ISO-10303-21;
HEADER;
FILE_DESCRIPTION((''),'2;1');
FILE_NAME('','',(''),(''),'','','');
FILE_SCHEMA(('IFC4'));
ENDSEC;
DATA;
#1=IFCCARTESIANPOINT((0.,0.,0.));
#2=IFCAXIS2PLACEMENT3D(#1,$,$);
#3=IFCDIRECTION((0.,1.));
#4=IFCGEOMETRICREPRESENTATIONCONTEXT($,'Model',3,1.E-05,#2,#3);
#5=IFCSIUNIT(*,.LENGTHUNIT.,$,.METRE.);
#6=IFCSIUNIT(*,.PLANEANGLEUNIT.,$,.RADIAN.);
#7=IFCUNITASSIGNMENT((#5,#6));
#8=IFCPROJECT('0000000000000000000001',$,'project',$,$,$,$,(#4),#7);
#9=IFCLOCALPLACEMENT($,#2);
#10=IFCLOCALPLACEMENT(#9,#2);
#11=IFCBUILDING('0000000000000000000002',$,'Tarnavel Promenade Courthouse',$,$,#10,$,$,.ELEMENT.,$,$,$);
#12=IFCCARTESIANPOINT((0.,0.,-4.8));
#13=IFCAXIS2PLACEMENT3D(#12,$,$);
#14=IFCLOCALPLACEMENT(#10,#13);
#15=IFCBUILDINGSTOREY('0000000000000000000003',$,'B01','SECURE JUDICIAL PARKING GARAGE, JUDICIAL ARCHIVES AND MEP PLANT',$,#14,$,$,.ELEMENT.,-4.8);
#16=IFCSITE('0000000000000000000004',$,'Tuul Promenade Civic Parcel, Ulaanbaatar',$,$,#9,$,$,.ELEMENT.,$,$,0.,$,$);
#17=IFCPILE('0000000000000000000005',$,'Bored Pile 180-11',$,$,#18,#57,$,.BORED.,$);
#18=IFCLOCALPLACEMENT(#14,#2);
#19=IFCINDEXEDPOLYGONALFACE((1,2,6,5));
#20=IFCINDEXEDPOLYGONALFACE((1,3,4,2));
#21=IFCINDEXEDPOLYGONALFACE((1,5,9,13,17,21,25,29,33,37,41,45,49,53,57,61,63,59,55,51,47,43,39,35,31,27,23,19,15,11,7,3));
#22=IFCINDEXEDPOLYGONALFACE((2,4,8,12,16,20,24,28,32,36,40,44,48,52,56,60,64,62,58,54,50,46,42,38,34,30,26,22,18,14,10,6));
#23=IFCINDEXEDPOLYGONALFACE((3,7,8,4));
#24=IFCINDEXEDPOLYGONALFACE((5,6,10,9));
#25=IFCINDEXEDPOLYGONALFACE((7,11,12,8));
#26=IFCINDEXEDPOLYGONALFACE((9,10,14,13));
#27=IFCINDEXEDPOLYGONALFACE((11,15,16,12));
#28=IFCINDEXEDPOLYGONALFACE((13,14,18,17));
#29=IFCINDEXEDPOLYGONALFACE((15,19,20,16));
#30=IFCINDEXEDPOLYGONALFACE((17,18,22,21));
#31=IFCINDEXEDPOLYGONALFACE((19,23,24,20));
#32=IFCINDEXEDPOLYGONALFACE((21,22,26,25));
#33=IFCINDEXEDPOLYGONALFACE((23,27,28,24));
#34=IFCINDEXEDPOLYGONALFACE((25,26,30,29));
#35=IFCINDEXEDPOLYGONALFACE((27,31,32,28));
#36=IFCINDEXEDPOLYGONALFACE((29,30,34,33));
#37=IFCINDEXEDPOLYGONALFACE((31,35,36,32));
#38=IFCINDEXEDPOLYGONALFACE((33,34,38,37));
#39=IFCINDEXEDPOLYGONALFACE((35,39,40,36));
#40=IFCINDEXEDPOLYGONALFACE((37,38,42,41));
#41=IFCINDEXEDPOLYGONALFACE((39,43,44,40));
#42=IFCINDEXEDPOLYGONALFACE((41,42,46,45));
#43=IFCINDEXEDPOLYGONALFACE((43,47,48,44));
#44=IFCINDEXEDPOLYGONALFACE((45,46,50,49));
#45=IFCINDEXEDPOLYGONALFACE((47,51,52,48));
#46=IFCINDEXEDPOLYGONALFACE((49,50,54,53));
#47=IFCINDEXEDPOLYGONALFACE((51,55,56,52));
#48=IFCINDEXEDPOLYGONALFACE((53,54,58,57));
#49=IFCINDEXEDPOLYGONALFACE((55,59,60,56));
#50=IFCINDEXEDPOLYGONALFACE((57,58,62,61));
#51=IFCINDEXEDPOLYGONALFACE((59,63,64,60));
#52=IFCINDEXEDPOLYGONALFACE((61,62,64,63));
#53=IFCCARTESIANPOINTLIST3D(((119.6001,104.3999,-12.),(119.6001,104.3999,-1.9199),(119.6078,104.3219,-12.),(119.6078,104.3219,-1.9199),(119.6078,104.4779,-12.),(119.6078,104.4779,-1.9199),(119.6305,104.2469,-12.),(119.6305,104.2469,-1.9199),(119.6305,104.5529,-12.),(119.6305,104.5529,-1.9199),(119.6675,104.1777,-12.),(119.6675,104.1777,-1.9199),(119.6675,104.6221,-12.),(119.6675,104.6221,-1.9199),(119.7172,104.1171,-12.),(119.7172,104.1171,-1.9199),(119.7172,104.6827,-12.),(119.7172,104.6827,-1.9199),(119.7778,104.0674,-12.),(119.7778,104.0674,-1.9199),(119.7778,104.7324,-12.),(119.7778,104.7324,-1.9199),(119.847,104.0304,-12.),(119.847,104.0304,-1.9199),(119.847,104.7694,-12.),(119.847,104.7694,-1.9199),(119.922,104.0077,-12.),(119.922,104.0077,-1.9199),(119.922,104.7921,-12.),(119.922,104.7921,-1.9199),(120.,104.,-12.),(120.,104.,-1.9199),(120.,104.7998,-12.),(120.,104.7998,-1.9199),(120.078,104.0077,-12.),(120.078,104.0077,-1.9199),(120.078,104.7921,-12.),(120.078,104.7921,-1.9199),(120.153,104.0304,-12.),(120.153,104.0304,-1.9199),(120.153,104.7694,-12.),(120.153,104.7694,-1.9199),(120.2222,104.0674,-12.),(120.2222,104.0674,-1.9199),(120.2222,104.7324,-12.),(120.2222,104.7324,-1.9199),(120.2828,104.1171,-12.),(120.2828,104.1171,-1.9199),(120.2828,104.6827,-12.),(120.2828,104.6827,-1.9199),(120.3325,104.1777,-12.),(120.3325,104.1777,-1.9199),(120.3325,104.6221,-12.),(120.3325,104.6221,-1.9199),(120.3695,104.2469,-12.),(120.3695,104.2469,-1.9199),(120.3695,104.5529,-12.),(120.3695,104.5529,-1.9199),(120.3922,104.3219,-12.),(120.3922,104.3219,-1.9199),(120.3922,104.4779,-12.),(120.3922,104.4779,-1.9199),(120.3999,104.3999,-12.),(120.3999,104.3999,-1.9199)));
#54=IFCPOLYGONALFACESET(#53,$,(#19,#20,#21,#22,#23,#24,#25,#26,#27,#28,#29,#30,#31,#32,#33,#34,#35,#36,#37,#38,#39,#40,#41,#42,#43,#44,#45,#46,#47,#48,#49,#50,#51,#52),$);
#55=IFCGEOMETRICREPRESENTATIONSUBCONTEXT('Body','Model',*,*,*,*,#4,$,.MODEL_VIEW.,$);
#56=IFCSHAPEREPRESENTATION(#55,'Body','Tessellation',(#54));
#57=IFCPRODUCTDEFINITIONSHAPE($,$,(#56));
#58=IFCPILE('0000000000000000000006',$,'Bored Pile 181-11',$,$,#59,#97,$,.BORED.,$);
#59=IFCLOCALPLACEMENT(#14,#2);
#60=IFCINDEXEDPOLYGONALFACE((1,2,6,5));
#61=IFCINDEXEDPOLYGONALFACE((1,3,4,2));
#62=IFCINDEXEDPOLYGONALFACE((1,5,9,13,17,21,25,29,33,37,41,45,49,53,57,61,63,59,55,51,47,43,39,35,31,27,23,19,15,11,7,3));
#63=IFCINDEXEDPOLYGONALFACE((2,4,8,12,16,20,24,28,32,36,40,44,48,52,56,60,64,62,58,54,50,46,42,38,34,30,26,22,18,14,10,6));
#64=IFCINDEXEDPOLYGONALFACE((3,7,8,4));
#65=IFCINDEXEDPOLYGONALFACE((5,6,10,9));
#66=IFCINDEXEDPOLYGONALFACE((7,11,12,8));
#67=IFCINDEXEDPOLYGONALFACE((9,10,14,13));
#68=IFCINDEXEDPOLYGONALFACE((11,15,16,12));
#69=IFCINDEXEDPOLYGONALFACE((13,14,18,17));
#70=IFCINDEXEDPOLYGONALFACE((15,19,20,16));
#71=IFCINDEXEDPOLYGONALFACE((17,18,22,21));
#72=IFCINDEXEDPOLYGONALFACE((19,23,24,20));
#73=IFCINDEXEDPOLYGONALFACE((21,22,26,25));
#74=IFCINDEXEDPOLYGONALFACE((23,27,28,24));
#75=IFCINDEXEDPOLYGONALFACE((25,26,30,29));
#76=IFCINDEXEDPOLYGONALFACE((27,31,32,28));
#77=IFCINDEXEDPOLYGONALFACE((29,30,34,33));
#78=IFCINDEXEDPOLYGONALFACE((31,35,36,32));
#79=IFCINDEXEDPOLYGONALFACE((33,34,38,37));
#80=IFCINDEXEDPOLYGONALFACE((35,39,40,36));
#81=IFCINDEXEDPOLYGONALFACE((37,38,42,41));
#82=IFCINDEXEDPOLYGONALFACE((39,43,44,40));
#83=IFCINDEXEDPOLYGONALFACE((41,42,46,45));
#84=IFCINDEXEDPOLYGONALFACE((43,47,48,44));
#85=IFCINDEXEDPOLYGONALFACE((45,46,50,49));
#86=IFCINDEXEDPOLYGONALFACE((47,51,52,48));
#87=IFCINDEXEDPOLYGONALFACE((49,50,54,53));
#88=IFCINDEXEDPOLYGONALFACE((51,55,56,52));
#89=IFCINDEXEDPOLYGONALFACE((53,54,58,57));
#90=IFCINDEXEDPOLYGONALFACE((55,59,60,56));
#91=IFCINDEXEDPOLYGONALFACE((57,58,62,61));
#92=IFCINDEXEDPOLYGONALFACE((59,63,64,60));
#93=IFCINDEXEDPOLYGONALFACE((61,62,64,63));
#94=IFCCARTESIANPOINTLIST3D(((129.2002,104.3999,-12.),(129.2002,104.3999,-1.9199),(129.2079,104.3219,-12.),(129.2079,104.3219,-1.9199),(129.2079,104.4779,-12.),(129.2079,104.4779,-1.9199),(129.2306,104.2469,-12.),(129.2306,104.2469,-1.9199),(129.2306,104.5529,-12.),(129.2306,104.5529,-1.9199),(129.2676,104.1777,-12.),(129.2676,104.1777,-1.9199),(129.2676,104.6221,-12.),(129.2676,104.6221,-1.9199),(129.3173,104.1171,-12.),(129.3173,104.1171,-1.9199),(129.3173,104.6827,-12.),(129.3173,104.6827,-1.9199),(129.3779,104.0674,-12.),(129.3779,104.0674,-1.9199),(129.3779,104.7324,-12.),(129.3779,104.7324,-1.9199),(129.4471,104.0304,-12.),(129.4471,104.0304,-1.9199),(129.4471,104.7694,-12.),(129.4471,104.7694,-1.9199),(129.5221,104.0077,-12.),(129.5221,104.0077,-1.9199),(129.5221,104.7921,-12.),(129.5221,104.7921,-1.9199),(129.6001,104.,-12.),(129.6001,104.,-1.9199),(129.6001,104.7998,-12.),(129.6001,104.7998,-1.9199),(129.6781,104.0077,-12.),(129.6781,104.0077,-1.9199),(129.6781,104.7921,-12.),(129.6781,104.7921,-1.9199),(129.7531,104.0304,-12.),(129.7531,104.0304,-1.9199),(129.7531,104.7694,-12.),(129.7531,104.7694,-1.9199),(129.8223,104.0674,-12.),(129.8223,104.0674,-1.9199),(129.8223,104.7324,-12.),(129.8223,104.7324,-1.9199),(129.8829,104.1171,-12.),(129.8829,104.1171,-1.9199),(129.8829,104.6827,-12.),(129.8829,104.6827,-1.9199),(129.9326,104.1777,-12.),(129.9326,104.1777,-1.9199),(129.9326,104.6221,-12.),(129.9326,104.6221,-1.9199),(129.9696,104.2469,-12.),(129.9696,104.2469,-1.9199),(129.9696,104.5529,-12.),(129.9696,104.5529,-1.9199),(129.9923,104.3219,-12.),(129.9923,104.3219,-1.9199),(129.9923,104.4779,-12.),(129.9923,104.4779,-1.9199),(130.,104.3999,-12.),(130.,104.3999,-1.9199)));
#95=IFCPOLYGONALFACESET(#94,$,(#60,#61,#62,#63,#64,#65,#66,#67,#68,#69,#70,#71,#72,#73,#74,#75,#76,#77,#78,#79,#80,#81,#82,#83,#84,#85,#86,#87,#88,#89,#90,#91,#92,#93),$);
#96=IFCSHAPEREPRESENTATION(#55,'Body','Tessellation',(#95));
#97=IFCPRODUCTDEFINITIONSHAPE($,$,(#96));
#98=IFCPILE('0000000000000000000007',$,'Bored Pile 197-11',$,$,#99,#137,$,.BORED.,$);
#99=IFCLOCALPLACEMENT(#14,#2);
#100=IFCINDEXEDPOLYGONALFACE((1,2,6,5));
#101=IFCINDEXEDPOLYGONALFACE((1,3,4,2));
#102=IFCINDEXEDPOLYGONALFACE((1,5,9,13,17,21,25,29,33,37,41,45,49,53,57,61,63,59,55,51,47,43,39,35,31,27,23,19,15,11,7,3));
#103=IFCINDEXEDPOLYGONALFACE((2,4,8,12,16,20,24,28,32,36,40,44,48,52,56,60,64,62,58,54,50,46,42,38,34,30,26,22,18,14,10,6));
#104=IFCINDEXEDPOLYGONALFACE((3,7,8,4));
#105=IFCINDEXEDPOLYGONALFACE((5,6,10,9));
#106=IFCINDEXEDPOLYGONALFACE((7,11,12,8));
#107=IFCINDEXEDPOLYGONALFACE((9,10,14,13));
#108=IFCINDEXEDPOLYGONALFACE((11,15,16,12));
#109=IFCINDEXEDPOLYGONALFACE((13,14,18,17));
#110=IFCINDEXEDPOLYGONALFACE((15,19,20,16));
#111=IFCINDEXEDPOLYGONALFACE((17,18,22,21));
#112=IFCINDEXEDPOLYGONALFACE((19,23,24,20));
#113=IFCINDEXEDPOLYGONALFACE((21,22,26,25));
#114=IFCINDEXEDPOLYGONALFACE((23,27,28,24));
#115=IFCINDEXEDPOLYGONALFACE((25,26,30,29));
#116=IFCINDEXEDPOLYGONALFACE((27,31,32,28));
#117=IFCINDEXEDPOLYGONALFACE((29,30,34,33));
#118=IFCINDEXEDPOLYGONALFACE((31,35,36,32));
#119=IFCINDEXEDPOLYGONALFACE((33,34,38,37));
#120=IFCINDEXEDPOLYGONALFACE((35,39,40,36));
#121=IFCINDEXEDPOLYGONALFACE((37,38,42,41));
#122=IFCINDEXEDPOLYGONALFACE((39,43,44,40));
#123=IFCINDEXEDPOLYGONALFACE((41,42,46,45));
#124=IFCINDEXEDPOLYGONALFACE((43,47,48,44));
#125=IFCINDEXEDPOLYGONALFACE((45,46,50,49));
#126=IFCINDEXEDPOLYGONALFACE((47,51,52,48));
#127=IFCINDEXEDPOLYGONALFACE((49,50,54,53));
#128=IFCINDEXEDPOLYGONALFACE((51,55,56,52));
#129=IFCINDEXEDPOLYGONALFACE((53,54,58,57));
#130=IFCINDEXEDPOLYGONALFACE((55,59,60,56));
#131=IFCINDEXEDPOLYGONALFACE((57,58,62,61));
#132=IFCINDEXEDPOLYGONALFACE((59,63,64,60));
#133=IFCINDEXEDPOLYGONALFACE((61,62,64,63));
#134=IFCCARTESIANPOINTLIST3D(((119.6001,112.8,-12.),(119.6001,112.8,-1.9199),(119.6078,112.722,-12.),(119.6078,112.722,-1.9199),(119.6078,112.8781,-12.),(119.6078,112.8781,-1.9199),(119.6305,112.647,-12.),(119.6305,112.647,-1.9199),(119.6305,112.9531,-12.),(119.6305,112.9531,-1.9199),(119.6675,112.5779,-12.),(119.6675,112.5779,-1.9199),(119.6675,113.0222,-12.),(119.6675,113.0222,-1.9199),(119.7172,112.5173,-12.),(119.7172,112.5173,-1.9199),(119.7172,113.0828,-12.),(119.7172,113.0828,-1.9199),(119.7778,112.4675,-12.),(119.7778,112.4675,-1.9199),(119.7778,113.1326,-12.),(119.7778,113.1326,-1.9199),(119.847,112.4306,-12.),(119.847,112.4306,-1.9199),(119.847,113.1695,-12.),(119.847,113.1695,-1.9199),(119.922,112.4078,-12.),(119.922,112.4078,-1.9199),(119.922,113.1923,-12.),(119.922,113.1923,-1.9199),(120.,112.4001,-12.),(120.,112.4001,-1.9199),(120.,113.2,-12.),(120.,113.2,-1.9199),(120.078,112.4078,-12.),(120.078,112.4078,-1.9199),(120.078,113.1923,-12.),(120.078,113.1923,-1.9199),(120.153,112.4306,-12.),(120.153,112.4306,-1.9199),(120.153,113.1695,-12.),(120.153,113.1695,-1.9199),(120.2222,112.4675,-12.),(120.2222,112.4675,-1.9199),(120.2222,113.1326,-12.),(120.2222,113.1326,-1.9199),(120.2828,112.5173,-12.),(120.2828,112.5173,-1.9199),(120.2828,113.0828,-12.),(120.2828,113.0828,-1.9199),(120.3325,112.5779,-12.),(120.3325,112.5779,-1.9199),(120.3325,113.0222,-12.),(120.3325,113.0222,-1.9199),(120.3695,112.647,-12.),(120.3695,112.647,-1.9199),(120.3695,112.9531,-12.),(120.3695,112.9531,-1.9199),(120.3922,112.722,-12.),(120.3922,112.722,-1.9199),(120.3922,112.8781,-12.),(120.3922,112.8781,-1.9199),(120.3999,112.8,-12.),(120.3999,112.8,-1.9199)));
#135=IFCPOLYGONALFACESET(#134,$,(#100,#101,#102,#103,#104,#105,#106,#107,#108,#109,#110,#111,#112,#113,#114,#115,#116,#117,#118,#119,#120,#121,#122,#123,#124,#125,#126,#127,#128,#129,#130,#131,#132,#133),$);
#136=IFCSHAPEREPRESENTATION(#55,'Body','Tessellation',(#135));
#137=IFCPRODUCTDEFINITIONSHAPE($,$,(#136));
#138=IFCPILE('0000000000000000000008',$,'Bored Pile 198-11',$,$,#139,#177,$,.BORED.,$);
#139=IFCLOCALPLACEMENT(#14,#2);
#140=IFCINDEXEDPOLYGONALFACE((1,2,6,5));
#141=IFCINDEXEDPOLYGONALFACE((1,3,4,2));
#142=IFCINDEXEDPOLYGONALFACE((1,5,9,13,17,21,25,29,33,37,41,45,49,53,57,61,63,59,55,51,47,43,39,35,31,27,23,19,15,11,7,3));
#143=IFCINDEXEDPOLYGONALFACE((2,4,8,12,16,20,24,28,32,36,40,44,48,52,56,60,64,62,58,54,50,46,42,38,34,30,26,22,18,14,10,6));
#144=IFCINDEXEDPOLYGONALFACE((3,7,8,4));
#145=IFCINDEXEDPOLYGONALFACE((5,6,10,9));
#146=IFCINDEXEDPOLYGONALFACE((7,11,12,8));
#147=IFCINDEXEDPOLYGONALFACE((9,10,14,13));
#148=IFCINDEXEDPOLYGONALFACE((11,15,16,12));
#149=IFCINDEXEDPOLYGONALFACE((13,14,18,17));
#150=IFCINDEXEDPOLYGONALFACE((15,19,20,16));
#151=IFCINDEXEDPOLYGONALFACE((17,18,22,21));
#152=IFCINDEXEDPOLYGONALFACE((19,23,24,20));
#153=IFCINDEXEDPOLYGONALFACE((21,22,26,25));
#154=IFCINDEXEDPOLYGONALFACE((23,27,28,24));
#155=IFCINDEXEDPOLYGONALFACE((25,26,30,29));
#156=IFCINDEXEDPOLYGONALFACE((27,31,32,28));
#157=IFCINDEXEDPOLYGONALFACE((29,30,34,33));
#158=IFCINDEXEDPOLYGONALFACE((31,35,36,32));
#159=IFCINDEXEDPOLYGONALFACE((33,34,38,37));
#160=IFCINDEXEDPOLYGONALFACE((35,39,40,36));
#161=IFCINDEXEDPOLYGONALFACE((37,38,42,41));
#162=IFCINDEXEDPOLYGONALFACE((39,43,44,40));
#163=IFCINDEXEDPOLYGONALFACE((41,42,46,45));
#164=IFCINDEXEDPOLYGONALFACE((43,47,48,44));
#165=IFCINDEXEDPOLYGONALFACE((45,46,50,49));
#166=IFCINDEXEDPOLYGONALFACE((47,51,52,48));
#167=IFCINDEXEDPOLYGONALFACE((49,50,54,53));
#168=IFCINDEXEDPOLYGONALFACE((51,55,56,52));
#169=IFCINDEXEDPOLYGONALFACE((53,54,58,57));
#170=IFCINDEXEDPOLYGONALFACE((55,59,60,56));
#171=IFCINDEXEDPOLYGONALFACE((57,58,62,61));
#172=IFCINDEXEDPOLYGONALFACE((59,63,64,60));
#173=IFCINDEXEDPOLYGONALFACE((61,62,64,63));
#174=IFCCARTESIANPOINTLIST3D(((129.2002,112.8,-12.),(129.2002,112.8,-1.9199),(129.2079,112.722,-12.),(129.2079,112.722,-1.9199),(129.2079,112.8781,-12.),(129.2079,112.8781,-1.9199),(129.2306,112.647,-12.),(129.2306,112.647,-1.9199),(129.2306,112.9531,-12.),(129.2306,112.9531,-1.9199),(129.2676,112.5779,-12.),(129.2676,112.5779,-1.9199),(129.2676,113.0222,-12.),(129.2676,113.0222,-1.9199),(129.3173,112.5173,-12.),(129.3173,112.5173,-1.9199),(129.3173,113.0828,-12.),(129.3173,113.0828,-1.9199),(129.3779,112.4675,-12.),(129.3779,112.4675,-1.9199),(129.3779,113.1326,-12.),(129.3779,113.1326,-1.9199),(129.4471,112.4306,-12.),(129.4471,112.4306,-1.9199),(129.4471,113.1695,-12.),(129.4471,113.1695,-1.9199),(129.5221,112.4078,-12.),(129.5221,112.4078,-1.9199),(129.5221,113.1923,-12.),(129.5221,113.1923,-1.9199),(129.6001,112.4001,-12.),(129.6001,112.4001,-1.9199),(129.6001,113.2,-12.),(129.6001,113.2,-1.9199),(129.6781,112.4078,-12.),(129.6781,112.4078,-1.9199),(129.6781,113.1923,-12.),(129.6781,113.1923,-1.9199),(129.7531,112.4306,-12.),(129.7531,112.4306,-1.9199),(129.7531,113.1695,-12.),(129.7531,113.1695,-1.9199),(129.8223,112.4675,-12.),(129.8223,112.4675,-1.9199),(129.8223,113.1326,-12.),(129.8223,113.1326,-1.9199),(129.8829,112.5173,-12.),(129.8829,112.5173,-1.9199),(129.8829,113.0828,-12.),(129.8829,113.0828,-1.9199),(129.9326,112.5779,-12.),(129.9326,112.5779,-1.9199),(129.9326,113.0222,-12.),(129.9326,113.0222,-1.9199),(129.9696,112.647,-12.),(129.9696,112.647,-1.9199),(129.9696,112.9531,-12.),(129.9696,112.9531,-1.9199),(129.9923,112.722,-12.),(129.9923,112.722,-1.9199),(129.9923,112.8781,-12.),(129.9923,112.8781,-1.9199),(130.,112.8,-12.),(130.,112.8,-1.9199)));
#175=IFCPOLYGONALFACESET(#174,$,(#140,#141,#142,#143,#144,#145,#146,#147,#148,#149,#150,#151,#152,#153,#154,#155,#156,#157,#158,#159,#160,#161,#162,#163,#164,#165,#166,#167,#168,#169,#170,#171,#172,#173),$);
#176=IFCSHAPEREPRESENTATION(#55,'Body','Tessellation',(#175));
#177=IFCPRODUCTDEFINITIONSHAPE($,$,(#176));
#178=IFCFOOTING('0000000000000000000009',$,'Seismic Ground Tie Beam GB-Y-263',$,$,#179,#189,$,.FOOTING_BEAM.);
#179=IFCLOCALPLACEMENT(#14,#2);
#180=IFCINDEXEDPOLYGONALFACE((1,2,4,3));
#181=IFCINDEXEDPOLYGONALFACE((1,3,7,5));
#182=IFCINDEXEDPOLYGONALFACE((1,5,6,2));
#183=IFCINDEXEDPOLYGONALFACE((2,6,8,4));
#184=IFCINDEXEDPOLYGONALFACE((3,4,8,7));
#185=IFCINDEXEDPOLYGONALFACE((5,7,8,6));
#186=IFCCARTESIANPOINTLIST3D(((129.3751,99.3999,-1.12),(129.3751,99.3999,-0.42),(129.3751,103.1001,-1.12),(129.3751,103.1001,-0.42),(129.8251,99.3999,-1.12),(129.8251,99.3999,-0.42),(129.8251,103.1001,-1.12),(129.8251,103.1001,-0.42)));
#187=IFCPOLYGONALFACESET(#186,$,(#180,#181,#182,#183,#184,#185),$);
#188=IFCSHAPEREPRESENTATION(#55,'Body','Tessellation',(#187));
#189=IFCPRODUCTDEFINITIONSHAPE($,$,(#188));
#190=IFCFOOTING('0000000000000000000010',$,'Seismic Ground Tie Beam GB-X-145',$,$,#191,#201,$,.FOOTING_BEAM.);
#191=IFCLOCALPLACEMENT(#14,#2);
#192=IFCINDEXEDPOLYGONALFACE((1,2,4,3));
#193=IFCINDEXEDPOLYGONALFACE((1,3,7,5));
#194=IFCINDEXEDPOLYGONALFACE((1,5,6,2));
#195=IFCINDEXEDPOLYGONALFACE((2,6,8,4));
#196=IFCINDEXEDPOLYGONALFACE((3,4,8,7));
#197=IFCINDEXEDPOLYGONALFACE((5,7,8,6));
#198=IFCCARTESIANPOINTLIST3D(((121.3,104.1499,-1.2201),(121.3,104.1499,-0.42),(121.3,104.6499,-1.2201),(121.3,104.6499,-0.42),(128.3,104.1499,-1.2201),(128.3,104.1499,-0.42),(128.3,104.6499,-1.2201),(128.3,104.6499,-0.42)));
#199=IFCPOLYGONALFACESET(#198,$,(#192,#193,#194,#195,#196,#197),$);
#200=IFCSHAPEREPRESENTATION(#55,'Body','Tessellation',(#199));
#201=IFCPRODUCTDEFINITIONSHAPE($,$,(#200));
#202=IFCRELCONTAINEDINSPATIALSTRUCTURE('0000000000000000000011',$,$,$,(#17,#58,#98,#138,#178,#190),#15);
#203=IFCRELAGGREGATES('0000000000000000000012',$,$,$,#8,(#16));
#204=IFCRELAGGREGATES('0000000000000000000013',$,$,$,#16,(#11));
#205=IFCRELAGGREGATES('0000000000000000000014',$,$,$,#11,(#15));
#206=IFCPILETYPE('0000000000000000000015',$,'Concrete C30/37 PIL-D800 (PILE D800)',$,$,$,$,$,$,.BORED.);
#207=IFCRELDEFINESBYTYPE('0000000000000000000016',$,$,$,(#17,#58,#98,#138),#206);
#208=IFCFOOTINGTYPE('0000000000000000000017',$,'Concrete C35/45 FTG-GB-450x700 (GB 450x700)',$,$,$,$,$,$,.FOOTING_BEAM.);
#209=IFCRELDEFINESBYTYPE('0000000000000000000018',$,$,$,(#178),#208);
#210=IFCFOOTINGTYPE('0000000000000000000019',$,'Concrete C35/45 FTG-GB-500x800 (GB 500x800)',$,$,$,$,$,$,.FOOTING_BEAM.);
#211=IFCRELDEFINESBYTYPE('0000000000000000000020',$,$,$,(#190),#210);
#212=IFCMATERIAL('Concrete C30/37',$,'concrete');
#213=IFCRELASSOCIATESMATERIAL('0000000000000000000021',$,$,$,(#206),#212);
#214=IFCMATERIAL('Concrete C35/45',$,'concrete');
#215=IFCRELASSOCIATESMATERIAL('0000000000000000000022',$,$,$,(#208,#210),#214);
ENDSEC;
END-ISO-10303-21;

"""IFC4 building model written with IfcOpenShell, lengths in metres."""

from ifc_helpers import new_model, si_unit, direction, frame, origin, origin_2d, place, context, subcontext, project, spatial, rectangle, circle, extrude, material, material_profile, profile_set, type_object, element, save


model = new_model("IFC4")

# Units and contexts
model_context = context("Model", 3, precision=1e-05, world=origin(), true_north=direction((0.0, 1.0)))
body_context = subcontext(model_context, "Body", "Model", "MODEL_VIEW")
ifc_project = project(units=[si_unit("LENGTHUNIT", "METRE"), si_unit("PLANEANGLEUNIT", "RADIAN")], contexts=[model_context])

# Site, building, storey
site_placement = place(None, origin())
site = spatial("IfcSite", under=ifc_project, at=site_placement, Name="Tuul Promenade Civic Parcel, Ulaanbaatar", CompositionType="ELEMENT", RefElevation=0.0)
building_placement = place(site_placement, origin())
building = spatial("IfcBuilding", under=site, at=building_placement, Name="Tarnavel Promenade Courthouse", CompositionType="ELEMENT")
storey_placement = place(building_placement, frame((0.0, 0.0, -4.8)))
storey = spatial("IfcBuildingStorey", under=building, at=storey_placement, Name="B01", Description="SECURE JUDICIAL PARKING GARAGE, JUDICIAL ARCHIVES AND MEP PLANT", CompositionType="ELEMENT", Elevation=-4.8)

# Piles
ifc_material_1 = material(Name="Concrete C30/37", Category="concrete")
ifc_material_profile_1 = material_profile(ifc_material_1, circle(Radius=0.3999, at=origin_2d()), Name="PILE D800")
ifc_profile_set_1 = profile_set([ifc_material_profile_1], Name="Concrete C30/37")
pile_type = type_object("IfcPileType", Name="Concrete C30/37 PIL-D800 (PILE D800)", PredefinedType="BORED", material=ifc_profile_set_1)
for number, where, z_axis, x_axis, name in (
    (1, (120.0, 104.3999, -1.9199), (0.0, 0.0, -1.0), (1.0, 0.0, 0.0), "Bored Pile 180-11"),
    (2, (129.6001, 104.3999, -1.9199), (0.0, 0.0, -1.0), (1.0, 0.0, 0.0), "Bored Pile 181-11"),
    (3, (120.0, 112.8, -1.9199), (0.0, 0.0, -1.0), (1.0, 0.0, 0.0), "Bored Pile 197-11"),
    (4, (129.6001, 112.8, -1.9199), (0.0, 0.0, -1.0), (1.0, 0.0, 0.0), "Bored Pile 198-11"),
):
    element("IfcPile", number, at=place(storey_placement, frame(where, z_axis=z_axis, x_axis=x_axis)), inside=storey, type_object=pile_type, Name=name, PredefinedType="BORED", context=body_context, shape_type="SweptSolid", body=[
        extrude(circle(Radius=0.3999, at=origin_2d()), origin(), (0.0, 0.0, 1.0), 10.0801),
    ])

# Footings
ifc_material_2 = material(Name="Concrete C35/45", Category="concrete")
ifc_material_profile_2 = material_profile(ifc_material_2, rectangle(XDim=0.45, YDim=0.7, at=origin_2d()), Name="GB 450x700")
ifc_profile_set_2 = profile_set([ifc_material_profile_2], Name="Concrete C35/45")
footing_type_1 = type_object("IfcFootingType", Name="Concrete C35/45 FTG-GB-450x700 (GB 450x700)", PredefinedType="FOOTING_BEAM", material=ifc_profile_set_2)
footing_placement = place(storey_placement, frame((129.6001, 99.3999, -0.77), z_axis=(0.0, 1.0, 0.0), x_axis=(-1.0, 0.0, 0.0)))
element("IfcFooting", 5, at=footing_placement, inside=storey, type_object=footing_type_1, Name="Seismic Ground Tie Beam GB-Y-263", PredefinedType="FOOTING_BEAM", context=body_context, shape_type="SweptSolid", body=[
    extrude(rectangle(XDim=0.45, YDim=0.7, at=origin_2d()), origin(), (0.0, 0.0, 1.0), 3.7002),
])
ifc_material_profile_3 = material_profile(ifc_material_2, rectangle(XDim=0.5, YDim=0.8, at=origin_2d()), Name="GB 500x800")
ifc_profile_set_3 = profile_set([ifc_material_profile_3], Name="Concrete C35/45")
footing_type_2 = type_object("IfcFootingType", Name="Concrete C35/45 FTG-GB-500x800 (GB 500x800)", PredefinedType="FOOTING_BEAM", material=ifc_profile_set_3)
for number, where, z_axis, x_axis, name in (
    (6, (121.3, 104.3999, -0.8201), (1.0, 0.0, 0.0), (0.0, 1.0, 0.0), "Seismic Ground Tie Beam GB-X-145"),
):
    element("IfcFooting", number, at=place(storey_placement, frame(where, z_axis=z_axis, x_axis=x_axis)), inside=storey, type_object=footing_type_2, Name=name, PredefinedType="FOOTING_BEAM", context=body_context, shape_type="SweptSolid", body=[
        extrude(rectangle(XDim=0.5, YDim=0.8, at=origin_2d()), origin(), (0.0, 0.0, 1.0), 7.0),
    ])

save(model, "model.ifc")
